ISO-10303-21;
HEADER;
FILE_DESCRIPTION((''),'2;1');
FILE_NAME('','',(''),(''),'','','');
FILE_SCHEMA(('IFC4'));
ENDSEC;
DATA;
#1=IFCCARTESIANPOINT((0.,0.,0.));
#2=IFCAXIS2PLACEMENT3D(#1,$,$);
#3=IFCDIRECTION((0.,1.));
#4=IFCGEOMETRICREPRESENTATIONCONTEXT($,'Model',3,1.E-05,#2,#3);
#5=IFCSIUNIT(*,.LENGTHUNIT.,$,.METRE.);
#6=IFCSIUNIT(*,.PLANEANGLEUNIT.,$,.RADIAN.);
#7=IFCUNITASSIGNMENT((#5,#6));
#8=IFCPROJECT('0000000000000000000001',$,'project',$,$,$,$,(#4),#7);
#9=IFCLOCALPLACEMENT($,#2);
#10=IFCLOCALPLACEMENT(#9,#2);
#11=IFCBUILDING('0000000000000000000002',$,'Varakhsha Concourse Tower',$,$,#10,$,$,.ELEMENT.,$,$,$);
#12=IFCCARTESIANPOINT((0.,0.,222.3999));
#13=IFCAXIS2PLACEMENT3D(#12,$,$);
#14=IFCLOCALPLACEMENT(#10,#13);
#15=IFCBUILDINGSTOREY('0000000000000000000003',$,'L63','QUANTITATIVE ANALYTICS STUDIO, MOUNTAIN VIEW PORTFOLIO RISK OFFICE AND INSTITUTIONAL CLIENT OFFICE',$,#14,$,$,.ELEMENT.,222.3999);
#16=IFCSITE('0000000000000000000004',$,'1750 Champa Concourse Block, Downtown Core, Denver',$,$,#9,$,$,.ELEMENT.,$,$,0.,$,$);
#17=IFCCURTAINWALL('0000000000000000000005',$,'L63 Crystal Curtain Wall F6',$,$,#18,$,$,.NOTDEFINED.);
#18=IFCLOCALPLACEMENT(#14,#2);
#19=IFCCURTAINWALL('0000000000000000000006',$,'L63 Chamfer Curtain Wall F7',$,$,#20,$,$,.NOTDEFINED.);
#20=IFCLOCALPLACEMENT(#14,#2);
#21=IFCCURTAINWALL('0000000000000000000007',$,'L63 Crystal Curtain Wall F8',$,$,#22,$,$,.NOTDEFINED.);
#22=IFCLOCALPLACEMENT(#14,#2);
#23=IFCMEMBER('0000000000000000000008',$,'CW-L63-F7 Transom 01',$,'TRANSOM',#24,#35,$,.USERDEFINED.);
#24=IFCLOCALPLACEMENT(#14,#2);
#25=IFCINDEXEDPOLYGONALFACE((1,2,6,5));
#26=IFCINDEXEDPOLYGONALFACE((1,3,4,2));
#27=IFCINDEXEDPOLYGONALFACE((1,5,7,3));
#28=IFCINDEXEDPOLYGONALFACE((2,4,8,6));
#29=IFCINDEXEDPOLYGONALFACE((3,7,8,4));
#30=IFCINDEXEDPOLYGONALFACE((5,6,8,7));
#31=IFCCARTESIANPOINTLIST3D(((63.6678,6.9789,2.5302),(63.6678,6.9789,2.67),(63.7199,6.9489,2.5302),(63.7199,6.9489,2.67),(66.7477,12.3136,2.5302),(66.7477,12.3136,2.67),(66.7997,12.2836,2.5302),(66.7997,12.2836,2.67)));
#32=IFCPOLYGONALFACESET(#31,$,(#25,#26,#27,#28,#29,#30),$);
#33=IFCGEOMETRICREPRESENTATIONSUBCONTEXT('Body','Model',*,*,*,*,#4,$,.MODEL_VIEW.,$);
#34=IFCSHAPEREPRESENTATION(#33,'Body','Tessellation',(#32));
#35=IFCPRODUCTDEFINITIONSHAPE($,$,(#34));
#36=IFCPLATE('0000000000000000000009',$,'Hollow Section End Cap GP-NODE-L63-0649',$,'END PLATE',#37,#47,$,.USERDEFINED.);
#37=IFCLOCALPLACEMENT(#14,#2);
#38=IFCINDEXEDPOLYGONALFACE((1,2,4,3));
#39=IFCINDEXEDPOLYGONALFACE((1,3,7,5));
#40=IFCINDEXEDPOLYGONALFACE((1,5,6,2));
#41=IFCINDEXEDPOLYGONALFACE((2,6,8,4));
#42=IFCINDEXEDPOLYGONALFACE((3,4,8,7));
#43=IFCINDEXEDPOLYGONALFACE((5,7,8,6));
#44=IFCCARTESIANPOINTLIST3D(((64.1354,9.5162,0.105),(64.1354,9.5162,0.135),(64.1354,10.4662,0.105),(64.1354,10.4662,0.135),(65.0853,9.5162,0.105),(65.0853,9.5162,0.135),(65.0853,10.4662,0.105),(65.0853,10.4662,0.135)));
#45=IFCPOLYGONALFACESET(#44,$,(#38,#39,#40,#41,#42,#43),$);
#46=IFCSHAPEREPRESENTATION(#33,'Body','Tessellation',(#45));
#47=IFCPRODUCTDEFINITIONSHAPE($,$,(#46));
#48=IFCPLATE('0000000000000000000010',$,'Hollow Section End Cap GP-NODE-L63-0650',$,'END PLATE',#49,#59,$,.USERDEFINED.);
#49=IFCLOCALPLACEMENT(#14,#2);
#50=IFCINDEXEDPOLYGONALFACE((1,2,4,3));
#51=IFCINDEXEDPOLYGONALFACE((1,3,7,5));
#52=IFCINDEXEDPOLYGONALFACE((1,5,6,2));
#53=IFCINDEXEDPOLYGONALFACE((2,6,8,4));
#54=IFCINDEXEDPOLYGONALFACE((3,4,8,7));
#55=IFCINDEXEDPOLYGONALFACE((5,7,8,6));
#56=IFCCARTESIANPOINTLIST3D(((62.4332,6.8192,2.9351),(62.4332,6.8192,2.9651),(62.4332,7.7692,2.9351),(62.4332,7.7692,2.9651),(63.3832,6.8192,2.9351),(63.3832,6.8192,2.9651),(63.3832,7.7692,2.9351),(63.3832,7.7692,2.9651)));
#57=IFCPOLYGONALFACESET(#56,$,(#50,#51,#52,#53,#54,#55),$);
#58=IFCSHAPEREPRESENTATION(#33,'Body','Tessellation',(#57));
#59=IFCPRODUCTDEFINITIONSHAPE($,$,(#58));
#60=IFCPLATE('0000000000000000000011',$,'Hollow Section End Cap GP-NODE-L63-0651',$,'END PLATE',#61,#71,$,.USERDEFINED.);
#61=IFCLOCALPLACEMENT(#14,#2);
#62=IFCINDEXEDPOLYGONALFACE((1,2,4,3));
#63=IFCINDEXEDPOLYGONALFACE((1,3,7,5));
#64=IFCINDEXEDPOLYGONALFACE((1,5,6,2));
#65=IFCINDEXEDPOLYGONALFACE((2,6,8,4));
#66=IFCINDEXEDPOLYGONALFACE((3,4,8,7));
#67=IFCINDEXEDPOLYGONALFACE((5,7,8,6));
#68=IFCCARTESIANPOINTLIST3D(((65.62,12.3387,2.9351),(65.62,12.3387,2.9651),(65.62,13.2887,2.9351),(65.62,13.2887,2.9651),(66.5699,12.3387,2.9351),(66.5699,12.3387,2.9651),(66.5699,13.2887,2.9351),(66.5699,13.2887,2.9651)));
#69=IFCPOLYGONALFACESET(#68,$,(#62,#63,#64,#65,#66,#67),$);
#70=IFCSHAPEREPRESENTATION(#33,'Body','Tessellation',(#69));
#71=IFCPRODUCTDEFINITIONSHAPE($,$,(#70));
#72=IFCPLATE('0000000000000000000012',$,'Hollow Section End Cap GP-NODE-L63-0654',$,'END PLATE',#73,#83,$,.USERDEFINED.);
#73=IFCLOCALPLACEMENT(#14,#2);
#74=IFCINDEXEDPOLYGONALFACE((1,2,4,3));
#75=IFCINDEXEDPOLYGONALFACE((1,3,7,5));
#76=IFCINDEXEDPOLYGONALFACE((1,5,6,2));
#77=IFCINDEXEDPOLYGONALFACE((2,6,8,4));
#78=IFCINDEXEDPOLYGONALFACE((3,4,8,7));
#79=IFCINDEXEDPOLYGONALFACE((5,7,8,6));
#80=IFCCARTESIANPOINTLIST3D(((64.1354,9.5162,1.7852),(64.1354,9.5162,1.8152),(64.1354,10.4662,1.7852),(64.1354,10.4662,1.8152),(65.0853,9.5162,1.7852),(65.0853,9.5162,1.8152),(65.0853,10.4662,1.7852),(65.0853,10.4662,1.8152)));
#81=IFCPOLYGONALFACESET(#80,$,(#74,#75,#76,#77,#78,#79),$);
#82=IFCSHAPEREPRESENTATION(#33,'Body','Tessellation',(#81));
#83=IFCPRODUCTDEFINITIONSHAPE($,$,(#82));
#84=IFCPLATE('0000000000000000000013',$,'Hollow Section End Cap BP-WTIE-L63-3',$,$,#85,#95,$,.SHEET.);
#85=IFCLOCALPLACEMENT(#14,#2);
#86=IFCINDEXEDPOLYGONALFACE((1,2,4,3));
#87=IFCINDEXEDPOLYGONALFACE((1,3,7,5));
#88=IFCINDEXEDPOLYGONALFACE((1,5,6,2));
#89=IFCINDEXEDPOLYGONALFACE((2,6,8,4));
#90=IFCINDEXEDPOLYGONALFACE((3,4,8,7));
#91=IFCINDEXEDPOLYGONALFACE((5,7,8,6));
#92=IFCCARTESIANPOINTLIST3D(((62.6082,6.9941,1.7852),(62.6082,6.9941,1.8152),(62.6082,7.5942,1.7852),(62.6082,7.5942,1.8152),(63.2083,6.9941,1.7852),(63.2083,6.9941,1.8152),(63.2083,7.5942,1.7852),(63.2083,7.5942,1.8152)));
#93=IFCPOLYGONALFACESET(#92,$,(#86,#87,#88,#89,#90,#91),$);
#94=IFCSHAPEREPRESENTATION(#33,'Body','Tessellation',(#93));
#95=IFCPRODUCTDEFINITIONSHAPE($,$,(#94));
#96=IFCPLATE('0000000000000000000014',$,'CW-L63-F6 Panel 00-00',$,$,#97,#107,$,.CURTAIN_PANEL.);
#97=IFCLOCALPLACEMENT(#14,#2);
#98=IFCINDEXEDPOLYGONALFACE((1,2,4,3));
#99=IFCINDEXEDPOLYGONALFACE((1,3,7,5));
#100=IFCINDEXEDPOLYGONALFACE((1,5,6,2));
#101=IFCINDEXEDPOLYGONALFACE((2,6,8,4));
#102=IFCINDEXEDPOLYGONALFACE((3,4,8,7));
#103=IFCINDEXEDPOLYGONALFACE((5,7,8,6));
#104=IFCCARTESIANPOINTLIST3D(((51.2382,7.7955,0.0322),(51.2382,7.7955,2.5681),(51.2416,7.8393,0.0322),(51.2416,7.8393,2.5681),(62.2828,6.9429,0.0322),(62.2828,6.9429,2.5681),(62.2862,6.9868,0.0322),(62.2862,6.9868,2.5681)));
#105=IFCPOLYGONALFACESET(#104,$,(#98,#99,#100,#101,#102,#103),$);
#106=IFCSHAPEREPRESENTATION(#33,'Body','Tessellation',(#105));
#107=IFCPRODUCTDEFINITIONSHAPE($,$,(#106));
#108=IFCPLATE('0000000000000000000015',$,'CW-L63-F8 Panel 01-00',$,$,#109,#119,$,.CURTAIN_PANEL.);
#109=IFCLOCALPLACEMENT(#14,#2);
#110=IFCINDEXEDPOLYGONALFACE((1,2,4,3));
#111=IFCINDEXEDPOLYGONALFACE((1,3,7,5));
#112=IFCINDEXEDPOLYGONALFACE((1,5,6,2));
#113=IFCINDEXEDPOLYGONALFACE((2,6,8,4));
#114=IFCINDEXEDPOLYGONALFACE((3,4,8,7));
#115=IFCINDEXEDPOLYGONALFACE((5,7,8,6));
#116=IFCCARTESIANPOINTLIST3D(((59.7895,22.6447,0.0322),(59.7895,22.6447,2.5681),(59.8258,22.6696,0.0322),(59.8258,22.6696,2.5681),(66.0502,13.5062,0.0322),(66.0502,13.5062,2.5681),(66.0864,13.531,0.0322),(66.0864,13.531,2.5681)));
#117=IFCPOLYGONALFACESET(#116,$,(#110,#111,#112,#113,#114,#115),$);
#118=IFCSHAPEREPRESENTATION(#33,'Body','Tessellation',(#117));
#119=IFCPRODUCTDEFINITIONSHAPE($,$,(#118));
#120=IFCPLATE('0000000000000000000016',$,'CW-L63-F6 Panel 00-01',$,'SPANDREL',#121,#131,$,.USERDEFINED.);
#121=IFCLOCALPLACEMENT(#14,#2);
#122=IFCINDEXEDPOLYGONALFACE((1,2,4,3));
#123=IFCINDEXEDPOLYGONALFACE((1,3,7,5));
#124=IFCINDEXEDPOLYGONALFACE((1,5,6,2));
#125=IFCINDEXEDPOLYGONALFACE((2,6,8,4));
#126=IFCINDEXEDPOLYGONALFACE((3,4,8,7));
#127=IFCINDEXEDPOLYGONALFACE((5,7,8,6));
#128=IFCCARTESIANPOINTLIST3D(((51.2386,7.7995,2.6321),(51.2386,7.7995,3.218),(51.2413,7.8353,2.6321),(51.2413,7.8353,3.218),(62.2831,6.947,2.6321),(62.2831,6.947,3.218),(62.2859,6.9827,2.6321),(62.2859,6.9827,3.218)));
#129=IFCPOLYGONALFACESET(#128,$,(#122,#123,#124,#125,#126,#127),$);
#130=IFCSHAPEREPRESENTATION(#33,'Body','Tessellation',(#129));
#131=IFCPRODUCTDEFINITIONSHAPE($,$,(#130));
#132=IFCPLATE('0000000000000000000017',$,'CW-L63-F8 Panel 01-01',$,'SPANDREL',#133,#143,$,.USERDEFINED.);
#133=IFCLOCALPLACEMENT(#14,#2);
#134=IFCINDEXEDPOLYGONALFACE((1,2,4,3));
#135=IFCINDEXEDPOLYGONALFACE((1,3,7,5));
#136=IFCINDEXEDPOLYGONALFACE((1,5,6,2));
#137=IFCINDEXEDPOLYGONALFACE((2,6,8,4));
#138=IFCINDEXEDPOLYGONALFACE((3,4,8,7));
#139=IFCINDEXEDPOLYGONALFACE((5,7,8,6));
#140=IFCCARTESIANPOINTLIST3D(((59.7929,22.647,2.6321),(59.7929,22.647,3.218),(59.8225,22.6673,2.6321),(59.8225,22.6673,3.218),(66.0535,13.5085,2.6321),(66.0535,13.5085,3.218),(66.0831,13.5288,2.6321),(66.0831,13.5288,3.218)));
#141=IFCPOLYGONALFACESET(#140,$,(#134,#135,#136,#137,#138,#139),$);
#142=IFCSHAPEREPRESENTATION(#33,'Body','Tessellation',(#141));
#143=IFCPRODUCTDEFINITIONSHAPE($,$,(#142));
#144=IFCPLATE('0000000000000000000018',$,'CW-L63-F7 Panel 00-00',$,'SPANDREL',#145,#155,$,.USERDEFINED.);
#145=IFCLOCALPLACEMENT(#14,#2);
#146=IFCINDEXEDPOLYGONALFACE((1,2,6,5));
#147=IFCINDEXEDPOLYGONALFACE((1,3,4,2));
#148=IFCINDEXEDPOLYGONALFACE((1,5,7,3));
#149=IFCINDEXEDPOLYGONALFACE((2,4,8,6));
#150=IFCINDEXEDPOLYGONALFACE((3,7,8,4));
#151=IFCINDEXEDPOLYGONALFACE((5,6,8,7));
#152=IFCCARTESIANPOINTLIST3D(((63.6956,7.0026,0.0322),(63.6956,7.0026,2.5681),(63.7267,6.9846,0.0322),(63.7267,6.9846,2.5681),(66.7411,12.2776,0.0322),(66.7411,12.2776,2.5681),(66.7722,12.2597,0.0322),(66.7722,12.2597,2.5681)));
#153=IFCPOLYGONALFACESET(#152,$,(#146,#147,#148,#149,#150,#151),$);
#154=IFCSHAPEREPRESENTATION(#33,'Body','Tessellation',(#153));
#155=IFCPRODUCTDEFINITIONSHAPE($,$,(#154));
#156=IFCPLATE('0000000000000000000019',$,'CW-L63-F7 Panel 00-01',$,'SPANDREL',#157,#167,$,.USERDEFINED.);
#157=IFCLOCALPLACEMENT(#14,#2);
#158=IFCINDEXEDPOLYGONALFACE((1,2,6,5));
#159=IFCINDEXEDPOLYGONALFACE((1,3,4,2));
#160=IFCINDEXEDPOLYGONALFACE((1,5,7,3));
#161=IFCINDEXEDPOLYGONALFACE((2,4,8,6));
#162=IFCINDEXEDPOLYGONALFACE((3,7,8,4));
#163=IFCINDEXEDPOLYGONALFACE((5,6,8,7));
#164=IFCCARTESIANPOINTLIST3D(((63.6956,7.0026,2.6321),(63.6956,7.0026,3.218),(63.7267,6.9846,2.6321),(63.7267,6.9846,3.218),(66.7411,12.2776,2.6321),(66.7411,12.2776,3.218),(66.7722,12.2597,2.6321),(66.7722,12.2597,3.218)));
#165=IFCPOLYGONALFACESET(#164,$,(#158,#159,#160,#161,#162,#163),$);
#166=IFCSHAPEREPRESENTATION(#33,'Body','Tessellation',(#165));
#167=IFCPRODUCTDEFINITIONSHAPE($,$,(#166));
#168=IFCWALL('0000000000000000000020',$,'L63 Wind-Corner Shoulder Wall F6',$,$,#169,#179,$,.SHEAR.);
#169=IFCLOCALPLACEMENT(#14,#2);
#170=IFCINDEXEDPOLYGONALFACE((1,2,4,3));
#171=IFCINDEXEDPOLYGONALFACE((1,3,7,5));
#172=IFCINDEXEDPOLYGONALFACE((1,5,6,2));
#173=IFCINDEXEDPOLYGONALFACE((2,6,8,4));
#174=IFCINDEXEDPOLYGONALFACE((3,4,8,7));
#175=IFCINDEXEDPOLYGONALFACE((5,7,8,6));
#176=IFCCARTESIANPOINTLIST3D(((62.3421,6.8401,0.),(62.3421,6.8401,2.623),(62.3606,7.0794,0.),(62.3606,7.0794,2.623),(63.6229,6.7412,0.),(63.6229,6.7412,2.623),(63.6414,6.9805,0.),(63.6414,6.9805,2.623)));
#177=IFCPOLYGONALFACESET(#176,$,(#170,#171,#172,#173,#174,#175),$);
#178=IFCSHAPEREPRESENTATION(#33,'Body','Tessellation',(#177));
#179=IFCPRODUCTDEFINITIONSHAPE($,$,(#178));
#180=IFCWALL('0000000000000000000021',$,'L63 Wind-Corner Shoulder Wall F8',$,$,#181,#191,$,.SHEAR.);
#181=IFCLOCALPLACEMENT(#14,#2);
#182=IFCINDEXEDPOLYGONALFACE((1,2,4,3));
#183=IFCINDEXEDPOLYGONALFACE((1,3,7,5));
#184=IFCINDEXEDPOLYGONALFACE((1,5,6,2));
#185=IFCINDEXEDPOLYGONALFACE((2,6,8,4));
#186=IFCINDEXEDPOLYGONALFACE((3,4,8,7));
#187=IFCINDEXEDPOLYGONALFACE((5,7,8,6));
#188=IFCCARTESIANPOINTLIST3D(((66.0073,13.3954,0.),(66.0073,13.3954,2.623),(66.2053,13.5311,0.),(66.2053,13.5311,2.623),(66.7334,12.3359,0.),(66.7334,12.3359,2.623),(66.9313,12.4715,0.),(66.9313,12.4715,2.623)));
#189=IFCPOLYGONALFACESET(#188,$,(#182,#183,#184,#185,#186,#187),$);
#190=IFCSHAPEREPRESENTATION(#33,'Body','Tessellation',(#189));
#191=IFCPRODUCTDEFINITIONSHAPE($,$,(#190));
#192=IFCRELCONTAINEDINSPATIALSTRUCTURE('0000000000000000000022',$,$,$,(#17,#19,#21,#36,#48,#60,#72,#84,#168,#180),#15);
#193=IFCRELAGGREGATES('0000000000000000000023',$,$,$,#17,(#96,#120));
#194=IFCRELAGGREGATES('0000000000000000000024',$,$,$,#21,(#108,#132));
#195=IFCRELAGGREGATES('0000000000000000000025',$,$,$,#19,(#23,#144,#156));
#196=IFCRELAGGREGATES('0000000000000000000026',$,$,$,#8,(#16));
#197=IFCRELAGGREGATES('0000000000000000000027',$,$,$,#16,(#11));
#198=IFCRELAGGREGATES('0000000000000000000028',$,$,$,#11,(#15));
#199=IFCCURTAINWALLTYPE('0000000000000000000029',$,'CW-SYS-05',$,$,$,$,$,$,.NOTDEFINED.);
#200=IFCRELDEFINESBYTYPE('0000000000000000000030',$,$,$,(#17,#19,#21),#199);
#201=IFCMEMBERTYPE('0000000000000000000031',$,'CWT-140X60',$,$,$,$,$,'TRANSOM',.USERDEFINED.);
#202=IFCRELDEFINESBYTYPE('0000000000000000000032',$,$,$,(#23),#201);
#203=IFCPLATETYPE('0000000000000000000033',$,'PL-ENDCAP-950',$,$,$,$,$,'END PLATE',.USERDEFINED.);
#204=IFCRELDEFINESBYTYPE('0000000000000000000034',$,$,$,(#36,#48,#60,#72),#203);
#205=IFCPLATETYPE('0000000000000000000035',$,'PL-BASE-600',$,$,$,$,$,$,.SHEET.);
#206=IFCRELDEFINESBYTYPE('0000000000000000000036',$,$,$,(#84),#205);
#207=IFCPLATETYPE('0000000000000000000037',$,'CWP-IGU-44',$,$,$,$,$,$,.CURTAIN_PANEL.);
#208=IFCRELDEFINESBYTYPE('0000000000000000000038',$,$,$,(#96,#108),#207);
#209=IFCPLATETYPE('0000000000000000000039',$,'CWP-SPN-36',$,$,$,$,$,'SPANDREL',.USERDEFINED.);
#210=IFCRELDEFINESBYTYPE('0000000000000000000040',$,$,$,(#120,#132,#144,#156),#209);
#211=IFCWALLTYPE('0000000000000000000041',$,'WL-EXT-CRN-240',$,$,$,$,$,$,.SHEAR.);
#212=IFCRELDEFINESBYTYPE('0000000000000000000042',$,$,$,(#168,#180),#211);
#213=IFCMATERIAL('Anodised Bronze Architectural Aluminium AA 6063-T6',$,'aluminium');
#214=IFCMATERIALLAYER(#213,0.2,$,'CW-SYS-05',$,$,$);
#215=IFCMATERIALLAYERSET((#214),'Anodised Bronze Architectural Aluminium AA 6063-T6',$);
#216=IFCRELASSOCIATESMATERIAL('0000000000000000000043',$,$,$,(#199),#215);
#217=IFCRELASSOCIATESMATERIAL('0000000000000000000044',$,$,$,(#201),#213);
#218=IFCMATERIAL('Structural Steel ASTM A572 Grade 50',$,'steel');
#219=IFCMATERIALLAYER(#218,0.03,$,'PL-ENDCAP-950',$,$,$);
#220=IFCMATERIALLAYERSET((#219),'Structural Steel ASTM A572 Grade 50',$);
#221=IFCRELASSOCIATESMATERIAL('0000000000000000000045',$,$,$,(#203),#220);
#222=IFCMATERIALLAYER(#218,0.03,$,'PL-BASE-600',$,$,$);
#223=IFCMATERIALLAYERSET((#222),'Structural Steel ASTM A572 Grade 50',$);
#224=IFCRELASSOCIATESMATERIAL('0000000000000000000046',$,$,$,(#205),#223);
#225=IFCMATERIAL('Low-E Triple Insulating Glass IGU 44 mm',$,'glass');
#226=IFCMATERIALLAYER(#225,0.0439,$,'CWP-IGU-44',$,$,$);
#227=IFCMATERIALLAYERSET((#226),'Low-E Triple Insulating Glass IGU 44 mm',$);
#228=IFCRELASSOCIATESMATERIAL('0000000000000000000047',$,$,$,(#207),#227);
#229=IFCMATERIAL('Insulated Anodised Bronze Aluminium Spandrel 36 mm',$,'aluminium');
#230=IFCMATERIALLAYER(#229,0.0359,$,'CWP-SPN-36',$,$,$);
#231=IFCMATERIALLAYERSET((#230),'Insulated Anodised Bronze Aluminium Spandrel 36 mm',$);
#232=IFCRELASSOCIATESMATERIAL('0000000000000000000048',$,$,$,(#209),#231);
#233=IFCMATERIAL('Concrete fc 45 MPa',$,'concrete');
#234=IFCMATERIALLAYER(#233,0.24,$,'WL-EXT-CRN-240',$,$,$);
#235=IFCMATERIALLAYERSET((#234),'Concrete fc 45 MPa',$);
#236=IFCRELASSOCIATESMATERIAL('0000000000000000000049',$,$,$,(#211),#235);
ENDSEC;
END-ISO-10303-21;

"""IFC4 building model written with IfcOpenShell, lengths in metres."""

from ifc_helpers import new_model, si_unit, direction, frame, frame_2d, origin, origin_2d, place, context, subcontext, project, spatial, rectangle, extrude, source, transform, mapped, material, layer, layer_set, material_profile, profile_set, type_object, type_shapes, element, aggregate, save


model = new_model("IFC4")

# Units and contexts
model_context = context("Model", 3, precision=1e-05, world=origin(), true_north=direction((0.0, 1.0)))
body_context = subcontext(model_context, "Body", "Model", "MODEL_VIEW")
ifc_project = project(units=[si_unit("LENGTHUNIT", "METRE"), si_unit("PLANEANGLEUNIT", "RADIAN")], contexts=[model_context])

# Site, building, storey
site_placement = place(None, origin())
site = spatial("IfcSite", under=ifc_project, at=site_placement, Name="1750 Champa Concourse Block, Downtown Core, Denver", CompositionType="ELEMENT", RefElevation=0.0)
building_placement = place(site_placement, origin())
building = spatial("IfcBuilding", under=site, at=building_placement, Name="Varakhsha Concourse Tower", CompositionType="ELEMENT")
storey_placement = place(building_placement, frame((0.0, 0.0, 222.3999)))
storey = spatial("IfcBuildingStorey", under=building, at=storey_placement, Name="L63", Description="QUANTITATIVE ANALYTICS STUDIO, MOUNTAIN VIEW PORTFOLIO RISK OFFICE AND INSTITUTIONAL CLIENT OFFICE", CompositionType="ELEMENT", Elevation=222.3999)

# Shared definitions
ifc_material_1 = material(Name="Structural Steel ASTM A572 Grade 50", Category="steel")

# Curtain wall
ifc_material_2 = material(Name="Anodised Bronze Architectural Aluminium AA 6063-T6", Category="aluminium")
ifc_layer_1 = layer(ifc_material_2, 0.2, Name="CW-SYS-05")
ifc_layer_set_1 = layer_set([ifc_layer_1], Name="Anodised Bronze Architectural Aluminium AA 6063-T6")
curtain_wall_type = type_object("IfcCurtainWallType", Name="CW-SYS-05", PredefinedType="NOTDEFINED", material=ifc_layer_set_1)
curtain_wall_1_placement = place(storey_placement, origin())
curtain_wall_1 = element("IfcCurtainWall", 1, at=curtain_wall_1_placement, inside=storey, type_object=curtain_wall_type, Name="L63 Crystal Curtain Wall F6", PredefinedType="NOTDEFINED")

# Curtain wall
curtain_wall_2_placement = place(storey_placement, origin())
curtain_wall_2 = element("IfcCurtainWall", 2, at=curtain_wall_2_placement, inside=storey, type_object=curtain_wall_type, Name="L63 Chamfer Curtain Wall F7", PredefinedType="NOTDEFINED")

# Curtain wall
curtain_wall_3_placement = place(storey_placement, origin())
curtain_wall_3 = element("IfcCurtainWall", 3, at=curtain_wall_3_placement, inside=storey, type_object=curtain_wall_type, Name="L63 Crystal Curtain Wall F8", PredefinedType="NOTDEFINED")

# Member
ifc_material_profile_1 = material_profile(ifc_material_2, rectangle(XDim=0.0601, YDim=0.1399, at=origin_2d()), Name="CWT-140X60")
ifc_profile_set_1 = profile_set([ifc_material_profile_1], Name="Anodised Bronze Architectural Aluminium AA 6063-T6")
member_type_1 = type_object("IfcMemberType", Name="CWT-140X60", ElementType="TRANSOM", PredefinedType="USERDEFINED", material=ifc_profile_set_1)
shared_shape_1 = source(origin(), body_context, "Body", "SweptSolid", [
    extrude(rectangle(XDim=0.0601, YDim=0.1399, at=origin_2d()), origin(), (0.0, 0.0, 1.0), 6.1599),
])
member_1_placement = place(storey_placement, frame((66.7737, 12.2986, 2.6001), z_axis=(-0.49998, -0.866037, 0.0), x_axis=(0.866037, -0.49998, 0.0)))
member_1 = element("IfcMember", 4, at=member_1_placement, type_object=member_type_1, Name="CW-L63-F7 Transom 01", ObjectType="TRANSOM", PredefinedType="USERDEFINED", context=body_context, shape_type="MappedRepresentation", body=[
    mapped(shared_shape_1, transform((0.0, 0.0, 0.0), scale=1.0)),
])

# Plates
ifc_layer_2 = layer(ifc_material_1, 0.03, Name="PL-ENDCAP-950")
ifc_layer_set_2 = layer_set([ifc_layer_2], Name="Structural Steel ASTM A572 Grade 50")
plate_type_1 = type_object("IfcPlateType", Name="PL-ENDCAP-950", ElementType="END PLATE", PredefinedType="USERDEFINED", material=ifc_layer_set_2)
shared_shape_2 = source(origin(), body_context, "Body", "SweptSolid", [
    extrude(rectangle(XDim=0.95, YDim=0.95, at=origin_2d()), origin(), (0.0, 0.0, 1.0), 0.03),
])
type_shapes(plate_type_1, [shared_shape_2])
for number, where, z_axis, x_axis, name in (
    (5, (64.6104, 9.9912, 0.105), (0.0, 0.0, 1.0), (1.0, 0.0, 0.0), "Hollow Section End Cap GP-NODE-L63-0649"),
    (6, (62.9082, 7.2942, 2.9351), (0.0, 0.0, 1.0), (1.0, 0.0, 0.0), "Hollow Section End Cap GP-NODE-L63-0650"),
    (7, (66.095, 12.8137, 2.9351), (0.0, 0.0, 1.0), (1.0, 0.0, 0.0), "Hollow Section End Cap GP-NODE-L63-0651"),
    (8, (64.6104, 9.9912, 1.7852), (0.0, 0.0, 1.0), (1.0, 0.0, 0.0), "Hollow Section End Cap GP-NODE-L63-0654"),
):
    element("IfcPlate", number, at=place(storey_placement, frame(where, z_axis=z_axis, x_axis=x_axis)), inside=storey, type_object=plate_type_1, Name=name, ObjectType="END PLATE", PredefinedType="USERDEFINED", context=body_context, shape_type="MappedRepresentation", body=[
        mapped(shared_shape_2, transform((0.0, 0.0, 0.0), scale=1.0)),
    ])
ifc_layer_3 = layer(ifc_material_1, 0.03, Name="PL-BASE-600")
ifc_layer_set_3 = layer_set([ifc_layer_3], Name="Structural Steel ASTM A572 Grade 50")
plate_type_2 = type_object("IfcPlateType", Name="PL-BASE-600", PredefinedType="SHEET", material=ifc_layer_set_3)
shared_shape_3 = source(origin(), body_context, "Body", "SweptSolid", [
    extrude(rectangle(XDim=0.6001, YDim=0.6001, at=origin_2d()), origin(), (0.0, 0.0, 1.0), 0.03),
])
type_shapes(plate_type_2, [shared_shape_3])
plate_1_placement = place(storey_placement, frame((62.9082, 7.2942, 1.7852), z_axis=(0.0, 0.0, 1.0), x_axis=(1.0, 0.0, 0.0)))
element("IfcPlate", 9, at=plate_1_placement, inside=storey, type_object=plate_type_2, Name="Hollow Section End Cap BP-WTIE-L63-3", PredefinedType="SHEET", context=body_context, shape_type="MappedRepresentation", body=[
    mapped(shared_shape_3, transform((0.0, 0.0, 0.0), scale=1.0)),
])

# Plates
ifc_material_3 = material(Name="Low-E Triple Insulating Glass IGU 44 mm", Category="glass")
ifc_layer_4 = layer(ifc_material_3, 0.0439, Name="CWP-IGU-44")
ifc_layer_set_4 = layer_set([ifc_layer_4], Name="Low-E Triple Insulating Glass IGU 44 mm")
plate_type_3 = type_object("IfcPlateType", Name="CWP-IGU-44", PredefinedType="CURTAIN_PANEL", material=ifc_layer_set_4)
shared_shape_4 = source(origin(), body_context, "Body", "SweptSolid", [
    extrude(rectangle(XDim=11.0774, YDim=0.0439, at=origin_2d()), origin(), (0.0, 0.0, 1.0), 2.5359),
])
type_shapes(plate_type_3, [shared_shape_4])
plate_2_placement = place(storey_placement, frame((56.7622, 7.3911, 0.0322), z_axis=(0.0, 0.0, 1.0), x_axis=(-0.997034, 0.076961, 0.0)))
plate_2 = element("IfcPlate", 10, at=plate_2_placement, type_object=plate_type_3, Name="CW-L63-F6 Panel 00-00", PredefinedType="CURTAIN_PANEL", context=body_context, shape_type="MappedRepresentation", body=[
    mapped(shared_shape_4, transform((0.0, 0.0, 0.0), scale=1.0)),
])
plate_3_placement = place(storey_placement, frame((62.938, 18.0879, 0.0322), z_axis=(0.0, 0.0, 1.0), x_axis=(0.565173, -0.824972, 0.0)))
plate_3 = element("IfcPlate", 11, at=plate_3_placement, type_object=plate_type_3, Name="CW-L63-F8 Panel 01-00", PredefinedType="CURTAIN_PANEL", context=body_context, shape_type="MappedRepresentation", body=[
    mapped(shared_shape_4, transform((0.0, 0.0, 0.0), scale=1.0)),
])
ifc_material_4 = material(Name="Insulated Anodised Bronze Aluminium Spandrel 36 mm", Category="aluminium")
ifc_layer_5 = layer(ifc_material_4, 0.0359, Name="CWP-SPN-36")
ifc_layer_set_5 = layer_set([ifc_layer_5], Name="Insulated Anodised Bronze Aluminium Spandrel 36 mm")
plate_type_4 = type_object("IfcPlateType", Name="CWP-SPN-36", ElementType="SPANDREL", PredefinedType="USERDEFINED", material=ifc_layer_set_5)
shared_shape_5 = source(origin(), body_context, "Body", "SweptSolid", [
    extrude(rectangle(XDim=11.0774, YDim=0.0359, at=origin_2d()), origin(), (0.0, 0.0, 1.0), 0.5859),
])
plate_4_placement = place(storey_placement, frame((56.7622, 7.3911, 2.6321), z_axis=(0.0, 0.0, 1.0), x_axis=(-0.997034, 0.076961, 0.0)))
plate_4 = element("IfcPlate", 12, at=plate_4_placement, type_object=plate_type_4, Name="CW-L63-F6 Panel 00-01", ObjectType="SPANDREL", PredefinedType="USERDEFINED", context=body_context, shape_type="MappedRepresentation", body=[
    mapped(shared_shape_5, transform((0.0, 0.0, 0.0), scale=1.0)),
])
aggregate(curtain_wall_1, [plate_2, plate_4])
plate_5_placement = place(storey_placement, frame((62.938, 18.0879, 2.6321), z_axis=(0.0, 0.0, 1.0), x_axis=(0.565173, -0.824972, 0.0)))
plate_5 = element("IfcPlate", 13, at=plate_5_placement, type_object=plate_type_4, Name="CW-L63-F8 Panel 01-01", ObjectType="SPANDREL", PredefinedType="USERDEFINED", context=body_context, shape_type="MappedRepresentation", body=[
    mapped(shared_shape_5, transform((0.0, 0.0, 0.0), scale=1.0)),
])
aggregate(curtain_wall_3, [plate_3, plate_5])
shared_shape_6 = source(origin(), body_context, "Body", "SweptSolid", [
    extrude(rectangle(XDim=6.0911, YDim=0.0359, at=origin_2d()), origin(), (0.0, 0.0, 1.0), 2.5359),
])
plate_6_placement = place(storey_placement, frame((65.2339, 9.6311, 0.0322), z_axis=(0.0, 0.0, 1.0), x_axis=(-0.499994, -0.866029, 0.0)))
plate_6 = element("IfcPlate", 14, at=plate_6_placement, type_object=plate_type_4, Name="CW-L63-F7 Panel 00-00", ObjectType="SPANDREL", PredefinedType="USERDEFINED", context=body_context, shape_type="MappedRepresentation", body=[
    mapped(shared_shape_6, transform((0.0, 0.0, 0.0), scale=1.0)),
])
shared_shape_7 = source(origin(), body_context, "Body", "SweptSolid", [
    extrude(rectangle(XDim=6.0911, YDim=0.0359, at=origin_2d()), origin(), (0.0, 0.0, 1.0), 0.5859),
])
type_shapes(plate_type_4, [shared_shape_5, shared_shape_6, shared_shape_7])
plate_7_placement = place(storey_placement, frame((65.2339, 9.6311, 2.6321), z_axis=(0.0, 0.0, 1.0), x_axis=(-0.499994, -0.866029, 0.0)))
plate_7 = element("IfcPlate", 15, at=plate_7_placement, type_object=plate_type_4, Name="CW-L63-F7 Panel 00-01", ObjectType="SPANDREL", PredefinedType="USERDEFINED", context=body_context, shape_type="MappedRepresentation", body=[
    mapped(shared_shape_7, transform((0.0, 0.0, 0.0), scale=1.0)),
])
aggregate(curtain_wall_2, [member_1, plate_6, plate_7])

# Walls
ifc_material_5 = material(Name="Concrete fc 45 MPa", Category="concrete")
ifc_layer_6 = layer(ifc_material_5, 0.24, Name="WL-EXT-CRN-240")
ifc_layer_set_6 = layer_set([ifc_layer_6], Name="Concrete fc 45 MPa")
wall_type = type_object("IfcWallType", Name="WL-EXT-CRN-240", PredefinedType="SHEAR", material=ifc_layer_set_6)
wall_1_placement = place(storey_placement, frame((62.3513, 6.9597, 0.0), z_axis=(0.0, 0.0, 1.0), x_axis=(0.997033, -0.076973, 0.0)))
element("IfcWall", 16, at=wall_1_placement, inside=storey, type_object=wall_type, Name="L63 Wind-Corner Shoulder Wall F6", PredefinedType="SHEAR", context=body_context, shape_type="SweptSolid", body=[
    extrude(rectangle(XDim=1.2847, YDim=0.24, at=frame_2d((0.6423, 0.0))), origin(), (0.0, 0.0, 1.0), 2.623),
])
wall_2_placement = place(storey_placement, frame((66.8323, 12.4038, 0.0), z_axis=(0.0, 0.0, 1.0), x_axis=(-0.56527, 0.824906, 0.0)))
element("IfcWall", 17, at=wall_2_placement, inside=storey, type_object=wall_type, Name="L63 Wind-Corner Shoulder Wall F8", PredefinedType="SHEAR", context=body_context, shape_type="SweptSolid", body=[
    extrude(rectangle(XDim=1.2844, YDim=0.24, at=frame_2d((0.6421, 0.0))), origin(), (0.0, 0.0, 1.0), 2.623),
])

save(model, "model.ifc")
